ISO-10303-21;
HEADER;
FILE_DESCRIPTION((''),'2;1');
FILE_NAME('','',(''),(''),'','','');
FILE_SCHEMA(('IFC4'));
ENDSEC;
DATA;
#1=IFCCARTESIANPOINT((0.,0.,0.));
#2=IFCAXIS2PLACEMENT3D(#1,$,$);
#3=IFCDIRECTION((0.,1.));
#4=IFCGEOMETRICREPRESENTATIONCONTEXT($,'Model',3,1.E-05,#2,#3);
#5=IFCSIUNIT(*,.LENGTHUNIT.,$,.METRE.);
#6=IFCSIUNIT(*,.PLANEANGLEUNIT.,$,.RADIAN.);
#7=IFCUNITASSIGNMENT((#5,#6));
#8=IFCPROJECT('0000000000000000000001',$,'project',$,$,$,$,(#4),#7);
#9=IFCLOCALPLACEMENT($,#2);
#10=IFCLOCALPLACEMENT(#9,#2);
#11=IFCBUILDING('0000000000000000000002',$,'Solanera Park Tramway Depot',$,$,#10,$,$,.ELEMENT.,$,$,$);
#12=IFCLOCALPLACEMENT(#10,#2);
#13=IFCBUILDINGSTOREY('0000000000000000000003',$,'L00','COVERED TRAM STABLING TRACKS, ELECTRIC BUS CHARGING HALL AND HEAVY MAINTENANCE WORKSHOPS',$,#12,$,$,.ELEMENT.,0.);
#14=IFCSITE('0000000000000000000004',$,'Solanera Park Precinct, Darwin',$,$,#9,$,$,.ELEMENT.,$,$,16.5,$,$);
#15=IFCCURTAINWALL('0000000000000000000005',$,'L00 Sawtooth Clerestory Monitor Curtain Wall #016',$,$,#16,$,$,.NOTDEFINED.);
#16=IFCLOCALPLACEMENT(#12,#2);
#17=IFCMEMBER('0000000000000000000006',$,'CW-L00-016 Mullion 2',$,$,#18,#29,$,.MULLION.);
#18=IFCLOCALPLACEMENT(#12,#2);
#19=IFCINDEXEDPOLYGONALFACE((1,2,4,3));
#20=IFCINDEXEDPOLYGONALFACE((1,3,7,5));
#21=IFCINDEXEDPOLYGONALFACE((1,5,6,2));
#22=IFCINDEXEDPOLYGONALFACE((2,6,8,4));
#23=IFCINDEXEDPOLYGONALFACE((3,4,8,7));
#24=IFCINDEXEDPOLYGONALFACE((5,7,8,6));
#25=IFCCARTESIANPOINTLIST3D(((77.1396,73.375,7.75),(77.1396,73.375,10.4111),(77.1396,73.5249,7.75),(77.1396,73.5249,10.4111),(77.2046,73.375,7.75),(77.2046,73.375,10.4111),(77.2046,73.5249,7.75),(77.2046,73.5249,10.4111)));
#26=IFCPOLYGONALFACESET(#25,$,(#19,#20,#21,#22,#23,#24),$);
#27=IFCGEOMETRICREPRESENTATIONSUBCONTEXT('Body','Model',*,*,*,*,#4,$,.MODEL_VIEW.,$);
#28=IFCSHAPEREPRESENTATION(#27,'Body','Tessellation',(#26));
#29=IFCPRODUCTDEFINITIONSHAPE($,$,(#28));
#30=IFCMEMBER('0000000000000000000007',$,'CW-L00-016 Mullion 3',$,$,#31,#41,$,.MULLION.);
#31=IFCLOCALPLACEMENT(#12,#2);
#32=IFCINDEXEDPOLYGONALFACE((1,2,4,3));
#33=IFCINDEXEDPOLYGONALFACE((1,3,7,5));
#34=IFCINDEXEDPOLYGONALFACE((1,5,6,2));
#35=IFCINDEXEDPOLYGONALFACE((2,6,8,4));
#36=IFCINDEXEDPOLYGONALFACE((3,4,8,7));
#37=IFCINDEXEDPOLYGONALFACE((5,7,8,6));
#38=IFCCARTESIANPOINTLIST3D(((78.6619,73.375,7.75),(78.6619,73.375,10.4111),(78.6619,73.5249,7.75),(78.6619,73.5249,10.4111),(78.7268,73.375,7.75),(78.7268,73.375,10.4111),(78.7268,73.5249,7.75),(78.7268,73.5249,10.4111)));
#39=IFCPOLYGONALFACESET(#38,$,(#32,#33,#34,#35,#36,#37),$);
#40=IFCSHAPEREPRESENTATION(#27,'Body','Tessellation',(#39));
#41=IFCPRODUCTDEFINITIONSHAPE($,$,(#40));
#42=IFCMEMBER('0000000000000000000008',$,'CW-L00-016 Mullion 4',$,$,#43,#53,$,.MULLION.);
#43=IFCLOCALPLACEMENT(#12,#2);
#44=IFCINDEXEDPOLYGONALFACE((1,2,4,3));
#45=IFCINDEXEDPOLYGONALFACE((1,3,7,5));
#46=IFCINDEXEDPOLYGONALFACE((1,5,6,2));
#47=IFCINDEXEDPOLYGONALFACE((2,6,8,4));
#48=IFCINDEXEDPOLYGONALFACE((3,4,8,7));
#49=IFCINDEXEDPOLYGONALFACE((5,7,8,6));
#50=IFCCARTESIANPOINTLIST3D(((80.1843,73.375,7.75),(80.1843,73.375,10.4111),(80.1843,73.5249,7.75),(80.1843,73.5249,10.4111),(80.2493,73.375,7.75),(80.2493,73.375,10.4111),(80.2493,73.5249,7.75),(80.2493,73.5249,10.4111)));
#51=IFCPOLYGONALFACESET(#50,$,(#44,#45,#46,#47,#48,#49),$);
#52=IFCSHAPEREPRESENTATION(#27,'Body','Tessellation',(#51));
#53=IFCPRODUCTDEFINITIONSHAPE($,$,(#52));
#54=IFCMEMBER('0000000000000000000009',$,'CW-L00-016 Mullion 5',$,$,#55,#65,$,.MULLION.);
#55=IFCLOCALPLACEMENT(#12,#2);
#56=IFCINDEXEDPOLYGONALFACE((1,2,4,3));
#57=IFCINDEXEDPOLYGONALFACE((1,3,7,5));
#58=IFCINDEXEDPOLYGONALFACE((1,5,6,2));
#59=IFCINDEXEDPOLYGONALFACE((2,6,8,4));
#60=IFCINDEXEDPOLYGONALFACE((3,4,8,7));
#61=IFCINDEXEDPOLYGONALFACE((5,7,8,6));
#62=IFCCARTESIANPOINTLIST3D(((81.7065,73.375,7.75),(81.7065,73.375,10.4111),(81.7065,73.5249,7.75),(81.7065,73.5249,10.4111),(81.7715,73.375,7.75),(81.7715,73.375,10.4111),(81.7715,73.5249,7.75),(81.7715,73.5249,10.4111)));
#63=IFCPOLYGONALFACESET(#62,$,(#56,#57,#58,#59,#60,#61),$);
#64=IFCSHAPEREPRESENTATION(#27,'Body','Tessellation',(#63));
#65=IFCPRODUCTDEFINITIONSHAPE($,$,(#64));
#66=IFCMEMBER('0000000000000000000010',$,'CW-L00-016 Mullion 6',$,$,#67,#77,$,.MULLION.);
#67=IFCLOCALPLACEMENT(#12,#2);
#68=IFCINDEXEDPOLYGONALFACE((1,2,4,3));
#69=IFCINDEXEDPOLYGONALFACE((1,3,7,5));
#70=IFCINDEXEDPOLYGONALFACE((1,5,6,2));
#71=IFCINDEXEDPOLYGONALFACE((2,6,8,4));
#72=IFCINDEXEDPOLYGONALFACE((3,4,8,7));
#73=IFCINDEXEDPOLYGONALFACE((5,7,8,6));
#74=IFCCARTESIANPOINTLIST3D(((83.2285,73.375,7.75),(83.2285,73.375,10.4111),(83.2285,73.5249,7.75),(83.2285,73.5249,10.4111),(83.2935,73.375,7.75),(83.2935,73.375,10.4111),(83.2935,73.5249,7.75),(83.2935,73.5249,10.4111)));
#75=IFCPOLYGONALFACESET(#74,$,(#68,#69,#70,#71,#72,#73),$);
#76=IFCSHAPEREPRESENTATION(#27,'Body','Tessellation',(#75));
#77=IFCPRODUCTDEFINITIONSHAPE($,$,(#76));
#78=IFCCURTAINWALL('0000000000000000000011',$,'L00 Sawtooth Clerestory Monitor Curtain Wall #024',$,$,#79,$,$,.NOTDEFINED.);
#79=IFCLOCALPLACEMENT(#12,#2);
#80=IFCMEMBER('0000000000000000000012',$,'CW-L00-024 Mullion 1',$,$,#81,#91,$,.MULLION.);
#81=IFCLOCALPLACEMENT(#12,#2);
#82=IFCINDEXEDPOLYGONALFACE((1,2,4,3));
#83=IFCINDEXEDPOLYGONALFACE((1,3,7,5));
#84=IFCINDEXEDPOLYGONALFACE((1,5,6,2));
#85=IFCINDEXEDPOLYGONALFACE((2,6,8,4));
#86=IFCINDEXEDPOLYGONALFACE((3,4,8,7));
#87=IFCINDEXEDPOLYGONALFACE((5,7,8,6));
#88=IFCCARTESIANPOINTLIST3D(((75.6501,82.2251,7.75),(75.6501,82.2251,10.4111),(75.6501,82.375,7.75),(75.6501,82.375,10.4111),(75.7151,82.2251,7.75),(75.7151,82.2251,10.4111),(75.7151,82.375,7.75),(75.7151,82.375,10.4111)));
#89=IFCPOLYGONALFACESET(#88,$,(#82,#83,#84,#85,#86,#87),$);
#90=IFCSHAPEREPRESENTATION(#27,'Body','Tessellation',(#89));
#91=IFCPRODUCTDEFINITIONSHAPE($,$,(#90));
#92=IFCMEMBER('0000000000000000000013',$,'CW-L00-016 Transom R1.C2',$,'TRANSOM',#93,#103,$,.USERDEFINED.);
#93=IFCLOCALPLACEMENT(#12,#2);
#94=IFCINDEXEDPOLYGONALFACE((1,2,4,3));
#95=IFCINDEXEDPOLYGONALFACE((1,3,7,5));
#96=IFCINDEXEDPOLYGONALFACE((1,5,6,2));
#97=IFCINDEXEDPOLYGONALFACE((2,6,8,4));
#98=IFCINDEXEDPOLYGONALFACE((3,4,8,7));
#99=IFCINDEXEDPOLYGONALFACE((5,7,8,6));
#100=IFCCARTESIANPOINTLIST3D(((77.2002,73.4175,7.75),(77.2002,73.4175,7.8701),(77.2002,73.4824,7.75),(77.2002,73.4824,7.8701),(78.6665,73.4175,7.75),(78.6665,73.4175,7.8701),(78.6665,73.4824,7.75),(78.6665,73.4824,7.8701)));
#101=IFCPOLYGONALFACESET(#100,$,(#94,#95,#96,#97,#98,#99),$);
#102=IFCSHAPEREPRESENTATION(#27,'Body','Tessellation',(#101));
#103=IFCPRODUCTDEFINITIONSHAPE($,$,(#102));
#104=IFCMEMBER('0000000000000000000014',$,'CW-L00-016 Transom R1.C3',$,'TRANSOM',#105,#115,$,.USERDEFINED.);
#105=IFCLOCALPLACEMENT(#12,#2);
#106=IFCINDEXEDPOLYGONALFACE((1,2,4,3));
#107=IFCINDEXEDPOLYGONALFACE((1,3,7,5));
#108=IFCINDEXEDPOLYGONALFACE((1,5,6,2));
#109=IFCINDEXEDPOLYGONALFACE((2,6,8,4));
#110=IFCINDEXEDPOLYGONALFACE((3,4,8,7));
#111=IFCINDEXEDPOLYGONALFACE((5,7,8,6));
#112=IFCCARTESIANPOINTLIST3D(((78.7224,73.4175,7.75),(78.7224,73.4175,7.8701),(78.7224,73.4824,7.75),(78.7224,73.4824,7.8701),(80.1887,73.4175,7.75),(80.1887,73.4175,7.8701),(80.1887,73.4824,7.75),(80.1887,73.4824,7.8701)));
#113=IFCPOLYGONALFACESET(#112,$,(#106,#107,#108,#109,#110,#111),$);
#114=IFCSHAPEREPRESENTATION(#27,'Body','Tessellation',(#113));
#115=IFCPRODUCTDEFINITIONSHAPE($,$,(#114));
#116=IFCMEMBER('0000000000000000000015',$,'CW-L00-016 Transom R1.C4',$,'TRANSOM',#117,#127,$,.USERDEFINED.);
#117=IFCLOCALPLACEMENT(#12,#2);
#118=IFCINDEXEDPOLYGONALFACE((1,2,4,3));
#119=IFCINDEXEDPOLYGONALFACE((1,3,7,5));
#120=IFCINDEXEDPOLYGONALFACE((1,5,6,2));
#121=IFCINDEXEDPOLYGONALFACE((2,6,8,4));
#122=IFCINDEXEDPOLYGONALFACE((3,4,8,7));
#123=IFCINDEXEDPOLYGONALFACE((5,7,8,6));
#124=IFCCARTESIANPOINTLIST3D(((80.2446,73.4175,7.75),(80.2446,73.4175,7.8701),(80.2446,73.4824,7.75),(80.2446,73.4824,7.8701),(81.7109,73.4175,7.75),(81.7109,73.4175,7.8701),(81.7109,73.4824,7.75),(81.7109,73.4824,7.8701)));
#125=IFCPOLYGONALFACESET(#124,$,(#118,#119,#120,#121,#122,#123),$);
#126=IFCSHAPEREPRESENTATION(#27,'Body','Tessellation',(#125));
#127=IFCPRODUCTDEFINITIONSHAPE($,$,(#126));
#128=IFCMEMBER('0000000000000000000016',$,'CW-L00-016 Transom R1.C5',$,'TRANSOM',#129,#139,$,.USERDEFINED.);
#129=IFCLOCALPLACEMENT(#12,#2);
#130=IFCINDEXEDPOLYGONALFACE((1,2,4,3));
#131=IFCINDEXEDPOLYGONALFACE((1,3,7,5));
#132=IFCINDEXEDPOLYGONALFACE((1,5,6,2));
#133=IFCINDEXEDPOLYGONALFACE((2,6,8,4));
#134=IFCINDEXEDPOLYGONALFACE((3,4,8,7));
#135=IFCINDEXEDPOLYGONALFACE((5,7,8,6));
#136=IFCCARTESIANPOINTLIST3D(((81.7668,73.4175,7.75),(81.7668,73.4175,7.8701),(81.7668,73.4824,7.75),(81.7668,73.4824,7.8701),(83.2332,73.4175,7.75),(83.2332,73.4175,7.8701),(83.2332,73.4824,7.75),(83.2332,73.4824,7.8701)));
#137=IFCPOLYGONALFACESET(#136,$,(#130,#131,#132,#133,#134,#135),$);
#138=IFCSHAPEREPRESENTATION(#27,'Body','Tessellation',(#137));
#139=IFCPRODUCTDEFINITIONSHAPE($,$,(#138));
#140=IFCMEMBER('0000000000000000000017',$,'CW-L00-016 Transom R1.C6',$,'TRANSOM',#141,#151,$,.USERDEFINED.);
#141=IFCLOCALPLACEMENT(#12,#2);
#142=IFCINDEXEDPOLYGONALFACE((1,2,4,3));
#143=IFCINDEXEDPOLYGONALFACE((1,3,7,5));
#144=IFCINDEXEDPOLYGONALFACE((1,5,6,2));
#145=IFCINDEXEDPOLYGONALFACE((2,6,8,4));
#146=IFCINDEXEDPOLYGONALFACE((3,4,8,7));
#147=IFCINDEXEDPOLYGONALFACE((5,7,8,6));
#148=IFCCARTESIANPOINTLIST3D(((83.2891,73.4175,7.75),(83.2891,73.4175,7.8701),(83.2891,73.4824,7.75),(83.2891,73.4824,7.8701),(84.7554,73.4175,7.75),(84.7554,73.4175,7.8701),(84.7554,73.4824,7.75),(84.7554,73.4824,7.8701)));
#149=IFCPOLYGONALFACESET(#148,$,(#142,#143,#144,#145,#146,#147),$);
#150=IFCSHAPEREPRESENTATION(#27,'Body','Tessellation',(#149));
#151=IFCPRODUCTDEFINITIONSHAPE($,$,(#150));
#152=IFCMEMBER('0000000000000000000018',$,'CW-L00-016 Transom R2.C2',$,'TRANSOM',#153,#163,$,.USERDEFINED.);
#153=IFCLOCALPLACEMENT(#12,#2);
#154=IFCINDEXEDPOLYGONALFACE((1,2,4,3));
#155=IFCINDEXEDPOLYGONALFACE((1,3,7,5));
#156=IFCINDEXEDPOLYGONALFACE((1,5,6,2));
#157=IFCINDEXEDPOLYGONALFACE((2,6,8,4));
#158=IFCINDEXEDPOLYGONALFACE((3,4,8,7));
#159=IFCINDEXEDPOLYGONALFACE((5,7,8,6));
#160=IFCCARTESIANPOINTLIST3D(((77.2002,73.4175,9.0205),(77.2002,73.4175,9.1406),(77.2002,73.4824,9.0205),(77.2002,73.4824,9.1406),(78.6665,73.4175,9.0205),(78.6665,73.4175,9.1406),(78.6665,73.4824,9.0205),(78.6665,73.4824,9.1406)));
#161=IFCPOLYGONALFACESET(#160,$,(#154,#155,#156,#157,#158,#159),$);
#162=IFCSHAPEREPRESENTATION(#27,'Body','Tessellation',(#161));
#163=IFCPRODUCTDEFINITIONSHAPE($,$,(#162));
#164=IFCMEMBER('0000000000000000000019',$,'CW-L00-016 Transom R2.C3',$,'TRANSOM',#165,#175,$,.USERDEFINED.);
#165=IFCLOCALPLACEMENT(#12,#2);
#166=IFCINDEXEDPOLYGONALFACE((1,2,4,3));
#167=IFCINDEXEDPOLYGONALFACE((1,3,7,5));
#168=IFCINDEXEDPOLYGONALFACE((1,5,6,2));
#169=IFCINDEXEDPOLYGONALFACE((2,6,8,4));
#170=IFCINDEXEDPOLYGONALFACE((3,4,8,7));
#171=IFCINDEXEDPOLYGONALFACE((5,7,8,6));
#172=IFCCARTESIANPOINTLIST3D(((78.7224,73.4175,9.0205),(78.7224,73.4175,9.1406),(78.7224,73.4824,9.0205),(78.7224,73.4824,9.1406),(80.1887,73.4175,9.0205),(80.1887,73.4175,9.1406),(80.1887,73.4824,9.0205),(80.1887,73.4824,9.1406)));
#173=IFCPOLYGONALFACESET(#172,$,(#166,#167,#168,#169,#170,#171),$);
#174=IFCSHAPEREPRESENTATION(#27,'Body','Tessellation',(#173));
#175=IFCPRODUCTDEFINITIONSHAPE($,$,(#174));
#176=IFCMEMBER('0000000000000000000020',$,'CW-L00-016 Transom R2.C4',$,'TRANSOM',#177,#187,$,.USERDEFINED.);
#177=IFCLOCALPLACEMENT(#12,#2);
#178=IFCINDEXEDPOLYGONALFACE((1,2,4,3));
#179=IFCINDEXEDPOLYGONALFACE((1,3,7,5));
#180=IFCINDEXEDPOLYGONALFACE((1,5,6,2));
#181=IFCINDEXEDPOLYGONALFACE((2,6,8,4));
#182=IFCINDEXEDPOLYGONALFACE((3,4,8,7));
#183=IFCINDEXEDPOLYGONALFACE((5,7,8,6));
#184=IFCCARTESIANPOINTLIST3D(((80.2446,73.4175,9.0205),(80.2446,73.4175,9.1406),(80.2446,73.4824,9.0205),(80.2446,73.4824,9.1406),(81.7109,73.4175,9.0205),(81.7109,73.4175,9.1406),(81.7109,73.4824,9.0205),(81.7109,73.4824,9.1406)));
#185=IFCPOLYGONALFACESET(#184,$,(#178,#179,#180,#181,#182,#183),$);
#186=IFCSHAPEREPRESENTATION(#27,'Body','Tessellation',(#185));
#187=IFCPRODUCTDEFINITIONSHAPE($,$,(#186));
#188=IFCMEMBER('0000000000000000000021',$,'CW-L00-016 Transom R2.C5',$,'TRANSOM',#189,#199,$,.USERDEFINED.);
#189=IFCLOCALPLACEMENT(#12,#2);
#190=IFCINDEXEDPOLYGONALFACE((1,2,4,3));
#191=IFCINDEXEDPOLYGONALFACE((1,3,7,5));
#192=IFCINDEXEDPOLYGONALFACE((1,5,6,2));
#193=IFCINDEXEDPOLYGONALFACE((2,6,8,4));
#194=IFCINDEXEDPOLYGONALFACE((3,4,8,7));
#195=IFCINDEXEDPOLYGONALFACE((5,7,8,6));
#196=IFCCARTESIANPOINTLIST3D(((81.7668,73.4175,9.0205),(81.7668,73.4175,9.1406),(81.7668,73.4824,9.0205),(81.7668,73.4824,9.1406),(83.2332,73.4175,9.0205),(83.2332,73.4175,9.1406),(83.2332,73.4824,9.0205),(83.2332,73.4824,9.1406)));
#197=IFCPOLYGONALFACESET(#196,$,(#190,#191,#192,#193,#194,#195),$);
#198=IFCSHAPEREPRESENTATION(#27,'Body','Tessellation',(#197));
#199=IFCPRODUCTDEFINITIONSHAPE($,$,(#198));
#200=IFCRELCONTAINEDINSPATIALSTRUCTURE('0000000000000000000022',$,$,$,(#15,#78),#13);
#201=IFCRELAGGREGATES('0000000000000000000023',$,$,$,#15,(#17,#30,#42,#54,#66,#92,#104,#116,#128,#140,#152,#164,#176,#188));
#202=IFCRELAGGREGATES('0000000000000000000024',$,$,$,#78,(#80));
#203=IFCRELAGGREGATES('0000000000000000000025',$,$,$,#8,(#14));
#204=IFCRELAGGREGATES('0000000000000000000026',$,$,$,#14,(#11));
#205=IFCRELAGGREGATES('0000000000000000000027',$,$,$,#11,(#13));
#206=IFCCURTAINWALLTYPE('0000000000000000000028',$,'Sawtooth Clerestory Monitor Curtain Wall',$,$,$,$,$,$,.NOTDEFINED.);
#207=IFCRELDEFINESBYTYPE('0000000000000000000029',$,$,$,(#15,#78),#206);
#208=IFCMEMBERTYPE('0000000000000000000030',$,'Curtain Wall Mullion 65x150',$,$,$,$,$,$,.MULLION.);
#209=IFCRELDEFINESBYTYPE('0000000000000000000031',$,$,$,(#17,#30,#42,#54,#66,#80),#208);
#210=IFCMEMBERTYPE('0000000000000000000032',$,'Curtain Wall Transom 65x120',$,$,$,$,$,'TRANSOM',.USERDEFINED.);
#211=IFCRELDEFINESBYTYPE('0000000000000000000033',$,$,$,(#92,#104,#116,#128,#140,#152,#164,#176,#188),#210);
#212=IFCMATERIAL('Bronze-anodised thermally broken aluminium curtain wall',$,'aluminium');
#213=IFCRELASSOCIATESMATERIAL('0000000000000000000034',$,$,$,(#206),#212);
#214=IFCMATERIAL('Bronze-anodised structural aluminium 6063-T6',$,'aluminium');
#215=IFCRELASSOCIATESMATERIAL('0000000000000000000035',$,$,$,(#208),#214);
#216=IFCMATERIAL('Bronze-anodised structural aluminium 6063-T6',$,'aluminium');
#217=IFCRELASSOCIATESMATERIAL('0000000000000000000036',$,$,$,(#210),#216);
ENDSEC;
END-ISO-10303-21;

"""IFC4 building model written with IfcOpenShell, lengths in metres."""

from ifc_helpers import new_model, si_unit, direction, frame, origin, origin_2d, place, context, subcontext, project, spatial, rectangle, extrude, material, material_profile, profile_set, type_object, element, aggregate, save


model = new_model("IFC4")

# Units and contexts
model_context = context("Model", 3, precision=1e-05, world=origin(), true_north=direction((0.0, 1.0)))
body_context = subcontext(model_context, "Body", "Model", "MODEL_VIEW")
ifc_project = project(units=[si_unit("LENGTHUNIT", "METRE"), si_unit("PLANEANGLEUNIT", "RADIAN")], contexts=[model_context])

# Site, building, storey
site_placement = place(None, origin())
site = spatial("IfcSite", under=ifc_project, at=site_placement, Name="Solanera Park Precinct, Darwin", CompositionType="ELEMENT", RefElevation=16.5)
building_placement = place(site_placement, origin())
building = spatial("IfcBuilding", under=site, at=building_placement, Name="Solanera Park Tramway Depot", CompositionType="ELEMENT")
storey_placement = place(building_placement, origin())
storey = spatial("IfcBuildingStorey", under=building, at=storey_placement, Name="L00", Description="COVERED TRAM STABLING TRACKS, ELECTRIC BUS CHARGING HALL AND HEAVY MAINTENANCE WORKSHOPS", CompositionType="ELEMENT", Elevation=0.0)

# Curtain wall, members
ifc_material_1 = material(Name="Bronze-anodised thermally broken aluminium curtain wall", Category="aluminium")
curtain_wall_type = type_object("IfcCurtainWallType", Name="Sawtooth Clerestory Monitor Curtain Wall", PredefinedType="NOTDEFINED", material=ifc_material_1)
curtain_wall_1_placement = place(storey_placement, origin())
curtain_wall_1 = element("IfcCurtainWall", 1, at=curtain_wall_1_placement, inside=storey, type_object=curtain_wall_type, Name="L00 Sawtooth Clerestory Monitor Curtain Wall #016", PredefinedType="NOTDEFINED")
ifc_material_2 = material(Name="Bronze-anodised structural aluminium 6063-T6", Category="aluminium")
ifc_material_profile_1 = material_profile(ifc_material_2, rectangle(XDim=0.0649, YDim=0.1499, at=origin_2d()), Name="Curtain Wall Mullion 65x150")
ifc_profile_set_1 = profile_set([ifc_material_profile_1], Name="Bronze-anodised structural aluminium 6063-T6")
member_type_1 = type_object("IfcMemberType", Name="Curtain Wall Mullion 65x150", PredefinedType="MULLION", material=ifc_profile_set_1)
member_1_placement = place(storey_placement, frame((77.1721, 73.45, 7.75), z_axis=(0.0, 0.0, 1.0), x_axis=(1.0, 0.0, 0.0)))
member_1 = element("IfcMember", 2, at=member_1_placement, type_object=member_type_1, Name="CW-L00-016 Mullion 2", PredefinedType="MULLION", context=body_context, shape_type="SweptSolid", body=[
    extrude(rectangle(XDim=0.0649, YDim=0.1499, at=origin_2d()), origin(), (0.0, 0.0, 1.0), 2.6611),
])
member_2_placement = place(storey_placement, frame((78.6943, 73.45, 7.75), z_axis=(0.0, 0.0, 1.0), x_axis=(1.0, 0.0, 0.0)))
member_2 = element("IfcMember", 3, at=member_2_placement, type_object=member_type_1, Name="CW-L00-016 Mullion 3", PredefinedType="MULLION", context=body_context, shape_type="SweptSolid", body=[
    extrude(rectangle(XDim=0.0649, YDim=0.1499, at=origin_2d()), origin(), (0.0, 0.0, 1.0), 2.6611),
])
member_3_placement = place(storey_placement, frame((80.2168, 73.45, 7.75), z_axis=(0.0, 0.0, 1.0), x_axis=(1.0, 0.0, 0.0)))
member_3 = element("IfcMember", 4, at=member_3_placement, type_object=member_type_1, Name="CW-L00-016 Mullion 4", PredefinedType="MULLION", context=body_context, shape_type="SweptSolid", body=[
    extrude(rectangle(XDim=0.0649, YDim=0.1499, at=origin_2d()), origin(), (0.0, 0.0, 1.0), 2.6611),
])
member_4_placement = place(storey_placement, frame((81.739, 73.45, 7.75), z_axis=(0.0, 0.0, 1.0), x_axis=(1.0, 0.0, 0.0)))
member_4 = element("IfcMember", 5, at=member_4_placement, type_object=member_type_1, Name="CW-L00-016 Mullion 5", PredefinedType="MULLION", context=body_context, shape_type="SweptSolid", body=[
    extrude(rectangle(XDim=0.0649, YDim=0.1499, at=origin_2d()), origin(), (0.0, 0.0, 1.0), 2.6611),
])
member_5_placement = place(storey_placement, frame((83.261, 73.45, 7.75), z_axis=(0.0, 0.0, 1.0), x_axis=(1.0, 0.0, 0.0)))
member_5 = element("IfcMember", 6, at=member_5_placement, type_object=member_type_1, Name="CW-L00-016 Mullion 6", PredefinedType="MULLION", context=body_context, shape_type="SweptSolid", body=[
    extrude(rectangle(XDim=0.0649, YDim=0.1499, at=origin_2d()), origin(), (0.0, 0.0, 1.0), 2.6611),
])

# Curtain wall, member
curtain_wall_2_placement = place(storey_placement, origin())
curtain_wall_2 = element("IfcCurtainWall", 7, at=curtain_wall_2_placement, inside=storey, type_object=curtain_wall_type, Name="L00 Sawtooth Clerestory Monitor Curtain Wall #024", PredefinedType="NOTDEFINED")
member_6_placement = place(storey_placement, frame((75.6826, 82.3, 7.75), z_axis=(0.0, 0.0, 1.0), x_axis=(1.0, 0.0, 0.0)))
member_6 = element("IfcMember", 8, at=member_6_placement, type_object=member_type_1, Name="CW-L00-024 Mullion 1", PredefinedType="MULLION", context=body_context, shape_type="SweptSolid", body=[
    extrude(rectangle(XDim=0.0649, YDim=0.1499, at=origin_2d()), origin(), (0.0, 0.0, 1.0), 2.6611),
])

# Members
ifc_material_3 = material(Name="Bronze-anodised structural aluminium 6063-T6", Category="aluminium")
ifc_material_profile_2 = material_profile(ifc_material_3, rectangle(XDim=0.0649, YDim=0.1201, at=origin_2d()), Name="Curtain Wall Transom 65x120")
ifc_profile_set_2 = profile_set([ifc_material_profile_2], Name="Bronze-anodised structural aluminium 6063-T6")
member_type_2 = type_object("IfcMemberType", Name="Curtain Wall Transom 65x120", ElementType="TRANSOM", PredefinedType="USERDEFINED", material=ifc_profile_set_2)
member_7_placement = place(storey_placement, frame((77.2002, 73.45, 7.8101), z_axis=(1.0, 0.0, 0.0), x_axis=(0.0, 1.0, 0.0)))
member_7 = element("IfcMember", 9, at=member_7_placement, type_object=member_type_2, Name="CW-L00-016 Transom R1.C2", ObjectType="TRANSOM", PredefinedType="USERDEFINED", context=body_context, shape_type="SweptSolid", body=[
    extrude(rectangle(XDim=0.0649, YDim=0.1201, at=origin_2d()), origin(), (0.0, 0.0, 1.0), 1.4663),
])
member_8_placement = place(storey_placement, frame((78.7224, 73.45, 7.8101), z_axis=(1.0, 0.0, 0.0), x_axis=(0.0, 1.0, 0.0)))
member_8 = element("IfcMember", 10, at=member_8_placement, type_object=member_type_2, Name="CW-L00-016 Transom R1.C3", ObjectType="TRANSOM", PredefinedType="USERDEFINED", context=body_context, shape_type="SweptSolid", body=[
    extrude(rectangle(XDim=0.0649, YDim=0.1201, at=origin_2d()), origin(), (0.0, 0.0, 1.0), 1.4663),
])
member_9_placement = place(storey_placement, frame((80.2446, 73.45, 7.8101), z_axis=(1.0, 0.0, 0.0), x_axis=(0.0, 1.0, 0.0)))
member_9 = element("IfcMember", 11, at=member_9_placement, type_object=member_type_2, Name="CW-L00-016 Transom R1.C4", ObjectType="TRANSOM", PredefinedType="USERDEFINED", context=body_context, shape_type="SweptSolid", body=[
    extrude(rectangle(XDim=0.0649, YDim=0.1201, at=origin_2d()), origin(), (0.0, 0.0, 1.0), 1.4663),
])
member_10_placement = place(storey_placement, frame((81.7668, 73.45, 7.8101), z_axis=(1.0, 0.0, 0.0), x_axis=(0.0, 1.0, 0.0)))
member_10 = element("IfcMember", 12, at=member_10_placement, type_object=member_type_2, Name="CW-L00-016 Transom R1.C5", ObjectType="TRANSOM", PredefinedType="USERDEFINED", context=body_context, shape_type="SweptSolid", body=[
    extrude(rectangle(XDim=0.0649, YDim=0.1201, at=origin_2d()), origin(), (0.0, 0.0, 1.0), 1.4663),
])
member_11_placement = place(storey_placement, frame((83.2891, 73.45, 7.8101), z_axis=(1.0, 0.0, 0.0), x_axis=(0.0, 1.0, 0.0)))
member_11 = element("IfcMember", 13, at=member_11_placement, type_object=member_type_2, Name="CW-L00-016 Transom R1.C6", ObjectType="TRANSOM", PredefinedType="USERDEFINED", context=body_context, shape_type="SweptSolid", body=[
    extrude(rectangle(XDim=0.0649, YDim=0.1201, at=origin_2d()), origin(), (0.0, 0.0, 1.0), 1.4663),
])
member_12_placement = place(storey_placement, frame((77.2002, 73.45, 9.0806), z_axis=(1.0, 0.0, 0.0), x_axis=(0.0, 1.0, 0.0)))
member_12 = element("IfcMember", 14, at=member_12_placement, type_object=member_type_2, Name="CW-L00-016 Transom R2.C2", ObjectType="TRANSOM", PredefinedType="USERDEFINED", context=body_context, shape_type="SweptSolid", body=[
    extrude(rectangle(XDim=0.0649, YDim=0.1201, at=origin_2d()), origin(), (0.0, 0.0, 1.0), 1.4663),
])
member_13_placement = place(storey_placement, frame((78.7224, 73.45, 9.0806), z_axis=(1.0, 0.0, 0.0), x_axis=(0.0, 1.0, 0.0)))
member_13 = element("IfcMember", 15, at=member_13_placement, type_object=member_type_2, Name="CW-L00-016 Transom R2.C3", ObjectType="TRANSOM", PredefinedType="USERDEFINED", context=body_context, shape_type="SweptSolid", body=[
    extrude(rectangle(XDim=0.0649, YDim=0.1201, at=origin_2d()), origin(), (0.0, 0.0, 1.0), 1.4663),
])
member_14_placement = place(storey_placement, frame((80.2446, 73.45, 9.0806), z_axis=(1.0, 0.0, 0.0), x_axis=(0.0, 1.0, 0.0)))
member_14 = element("IfcMember", 16, at=member_14_placement, type_object=member_type_2, Name="CW-L00-016 Transom R2.C4", ObjectType="TRANSOM", PredefinedType="USERDEFINED", context=body_context, shape_type="SweptSolid", body=[
    extrude(rectangle(XDim=0.0649, YDim=0.1201, at=origin_2d()), origin(), (0.0, 0.0, 1.0), 1.4663),
])
member_15_placement = place(storey_placement, frame((81.7668, 73.45, 9.0806), z_axis=(1.0, 0.0, 0.0), x_axis=(0.0, 1.0, 0.0)))
member_15 = element("IfcMember", 17, at=member_15_placement, type_object=member_type_2, Name="CW-L00-016 Transom R2.C5", ObjectType="TRANSOM", PredefinedType="USERDEFINED", context=body_context, shape_type="SweptSolid", body=[
    extrude(rectangle(XDim=0.0649, YDim=0.1201, at=origin_2d()), origin(), (0.0, 0.0, 1.0), 1.4663),
])

aggregate(curtain_wall_1, [member_1, member_2, member_3, member_4, member_5, member_7, member_8, member_9, member_10, member_11, member_12, member_13, member_14, member_15])
aggregate(curtain_wall_2, [member_6])

save(model, "model.ifc")
